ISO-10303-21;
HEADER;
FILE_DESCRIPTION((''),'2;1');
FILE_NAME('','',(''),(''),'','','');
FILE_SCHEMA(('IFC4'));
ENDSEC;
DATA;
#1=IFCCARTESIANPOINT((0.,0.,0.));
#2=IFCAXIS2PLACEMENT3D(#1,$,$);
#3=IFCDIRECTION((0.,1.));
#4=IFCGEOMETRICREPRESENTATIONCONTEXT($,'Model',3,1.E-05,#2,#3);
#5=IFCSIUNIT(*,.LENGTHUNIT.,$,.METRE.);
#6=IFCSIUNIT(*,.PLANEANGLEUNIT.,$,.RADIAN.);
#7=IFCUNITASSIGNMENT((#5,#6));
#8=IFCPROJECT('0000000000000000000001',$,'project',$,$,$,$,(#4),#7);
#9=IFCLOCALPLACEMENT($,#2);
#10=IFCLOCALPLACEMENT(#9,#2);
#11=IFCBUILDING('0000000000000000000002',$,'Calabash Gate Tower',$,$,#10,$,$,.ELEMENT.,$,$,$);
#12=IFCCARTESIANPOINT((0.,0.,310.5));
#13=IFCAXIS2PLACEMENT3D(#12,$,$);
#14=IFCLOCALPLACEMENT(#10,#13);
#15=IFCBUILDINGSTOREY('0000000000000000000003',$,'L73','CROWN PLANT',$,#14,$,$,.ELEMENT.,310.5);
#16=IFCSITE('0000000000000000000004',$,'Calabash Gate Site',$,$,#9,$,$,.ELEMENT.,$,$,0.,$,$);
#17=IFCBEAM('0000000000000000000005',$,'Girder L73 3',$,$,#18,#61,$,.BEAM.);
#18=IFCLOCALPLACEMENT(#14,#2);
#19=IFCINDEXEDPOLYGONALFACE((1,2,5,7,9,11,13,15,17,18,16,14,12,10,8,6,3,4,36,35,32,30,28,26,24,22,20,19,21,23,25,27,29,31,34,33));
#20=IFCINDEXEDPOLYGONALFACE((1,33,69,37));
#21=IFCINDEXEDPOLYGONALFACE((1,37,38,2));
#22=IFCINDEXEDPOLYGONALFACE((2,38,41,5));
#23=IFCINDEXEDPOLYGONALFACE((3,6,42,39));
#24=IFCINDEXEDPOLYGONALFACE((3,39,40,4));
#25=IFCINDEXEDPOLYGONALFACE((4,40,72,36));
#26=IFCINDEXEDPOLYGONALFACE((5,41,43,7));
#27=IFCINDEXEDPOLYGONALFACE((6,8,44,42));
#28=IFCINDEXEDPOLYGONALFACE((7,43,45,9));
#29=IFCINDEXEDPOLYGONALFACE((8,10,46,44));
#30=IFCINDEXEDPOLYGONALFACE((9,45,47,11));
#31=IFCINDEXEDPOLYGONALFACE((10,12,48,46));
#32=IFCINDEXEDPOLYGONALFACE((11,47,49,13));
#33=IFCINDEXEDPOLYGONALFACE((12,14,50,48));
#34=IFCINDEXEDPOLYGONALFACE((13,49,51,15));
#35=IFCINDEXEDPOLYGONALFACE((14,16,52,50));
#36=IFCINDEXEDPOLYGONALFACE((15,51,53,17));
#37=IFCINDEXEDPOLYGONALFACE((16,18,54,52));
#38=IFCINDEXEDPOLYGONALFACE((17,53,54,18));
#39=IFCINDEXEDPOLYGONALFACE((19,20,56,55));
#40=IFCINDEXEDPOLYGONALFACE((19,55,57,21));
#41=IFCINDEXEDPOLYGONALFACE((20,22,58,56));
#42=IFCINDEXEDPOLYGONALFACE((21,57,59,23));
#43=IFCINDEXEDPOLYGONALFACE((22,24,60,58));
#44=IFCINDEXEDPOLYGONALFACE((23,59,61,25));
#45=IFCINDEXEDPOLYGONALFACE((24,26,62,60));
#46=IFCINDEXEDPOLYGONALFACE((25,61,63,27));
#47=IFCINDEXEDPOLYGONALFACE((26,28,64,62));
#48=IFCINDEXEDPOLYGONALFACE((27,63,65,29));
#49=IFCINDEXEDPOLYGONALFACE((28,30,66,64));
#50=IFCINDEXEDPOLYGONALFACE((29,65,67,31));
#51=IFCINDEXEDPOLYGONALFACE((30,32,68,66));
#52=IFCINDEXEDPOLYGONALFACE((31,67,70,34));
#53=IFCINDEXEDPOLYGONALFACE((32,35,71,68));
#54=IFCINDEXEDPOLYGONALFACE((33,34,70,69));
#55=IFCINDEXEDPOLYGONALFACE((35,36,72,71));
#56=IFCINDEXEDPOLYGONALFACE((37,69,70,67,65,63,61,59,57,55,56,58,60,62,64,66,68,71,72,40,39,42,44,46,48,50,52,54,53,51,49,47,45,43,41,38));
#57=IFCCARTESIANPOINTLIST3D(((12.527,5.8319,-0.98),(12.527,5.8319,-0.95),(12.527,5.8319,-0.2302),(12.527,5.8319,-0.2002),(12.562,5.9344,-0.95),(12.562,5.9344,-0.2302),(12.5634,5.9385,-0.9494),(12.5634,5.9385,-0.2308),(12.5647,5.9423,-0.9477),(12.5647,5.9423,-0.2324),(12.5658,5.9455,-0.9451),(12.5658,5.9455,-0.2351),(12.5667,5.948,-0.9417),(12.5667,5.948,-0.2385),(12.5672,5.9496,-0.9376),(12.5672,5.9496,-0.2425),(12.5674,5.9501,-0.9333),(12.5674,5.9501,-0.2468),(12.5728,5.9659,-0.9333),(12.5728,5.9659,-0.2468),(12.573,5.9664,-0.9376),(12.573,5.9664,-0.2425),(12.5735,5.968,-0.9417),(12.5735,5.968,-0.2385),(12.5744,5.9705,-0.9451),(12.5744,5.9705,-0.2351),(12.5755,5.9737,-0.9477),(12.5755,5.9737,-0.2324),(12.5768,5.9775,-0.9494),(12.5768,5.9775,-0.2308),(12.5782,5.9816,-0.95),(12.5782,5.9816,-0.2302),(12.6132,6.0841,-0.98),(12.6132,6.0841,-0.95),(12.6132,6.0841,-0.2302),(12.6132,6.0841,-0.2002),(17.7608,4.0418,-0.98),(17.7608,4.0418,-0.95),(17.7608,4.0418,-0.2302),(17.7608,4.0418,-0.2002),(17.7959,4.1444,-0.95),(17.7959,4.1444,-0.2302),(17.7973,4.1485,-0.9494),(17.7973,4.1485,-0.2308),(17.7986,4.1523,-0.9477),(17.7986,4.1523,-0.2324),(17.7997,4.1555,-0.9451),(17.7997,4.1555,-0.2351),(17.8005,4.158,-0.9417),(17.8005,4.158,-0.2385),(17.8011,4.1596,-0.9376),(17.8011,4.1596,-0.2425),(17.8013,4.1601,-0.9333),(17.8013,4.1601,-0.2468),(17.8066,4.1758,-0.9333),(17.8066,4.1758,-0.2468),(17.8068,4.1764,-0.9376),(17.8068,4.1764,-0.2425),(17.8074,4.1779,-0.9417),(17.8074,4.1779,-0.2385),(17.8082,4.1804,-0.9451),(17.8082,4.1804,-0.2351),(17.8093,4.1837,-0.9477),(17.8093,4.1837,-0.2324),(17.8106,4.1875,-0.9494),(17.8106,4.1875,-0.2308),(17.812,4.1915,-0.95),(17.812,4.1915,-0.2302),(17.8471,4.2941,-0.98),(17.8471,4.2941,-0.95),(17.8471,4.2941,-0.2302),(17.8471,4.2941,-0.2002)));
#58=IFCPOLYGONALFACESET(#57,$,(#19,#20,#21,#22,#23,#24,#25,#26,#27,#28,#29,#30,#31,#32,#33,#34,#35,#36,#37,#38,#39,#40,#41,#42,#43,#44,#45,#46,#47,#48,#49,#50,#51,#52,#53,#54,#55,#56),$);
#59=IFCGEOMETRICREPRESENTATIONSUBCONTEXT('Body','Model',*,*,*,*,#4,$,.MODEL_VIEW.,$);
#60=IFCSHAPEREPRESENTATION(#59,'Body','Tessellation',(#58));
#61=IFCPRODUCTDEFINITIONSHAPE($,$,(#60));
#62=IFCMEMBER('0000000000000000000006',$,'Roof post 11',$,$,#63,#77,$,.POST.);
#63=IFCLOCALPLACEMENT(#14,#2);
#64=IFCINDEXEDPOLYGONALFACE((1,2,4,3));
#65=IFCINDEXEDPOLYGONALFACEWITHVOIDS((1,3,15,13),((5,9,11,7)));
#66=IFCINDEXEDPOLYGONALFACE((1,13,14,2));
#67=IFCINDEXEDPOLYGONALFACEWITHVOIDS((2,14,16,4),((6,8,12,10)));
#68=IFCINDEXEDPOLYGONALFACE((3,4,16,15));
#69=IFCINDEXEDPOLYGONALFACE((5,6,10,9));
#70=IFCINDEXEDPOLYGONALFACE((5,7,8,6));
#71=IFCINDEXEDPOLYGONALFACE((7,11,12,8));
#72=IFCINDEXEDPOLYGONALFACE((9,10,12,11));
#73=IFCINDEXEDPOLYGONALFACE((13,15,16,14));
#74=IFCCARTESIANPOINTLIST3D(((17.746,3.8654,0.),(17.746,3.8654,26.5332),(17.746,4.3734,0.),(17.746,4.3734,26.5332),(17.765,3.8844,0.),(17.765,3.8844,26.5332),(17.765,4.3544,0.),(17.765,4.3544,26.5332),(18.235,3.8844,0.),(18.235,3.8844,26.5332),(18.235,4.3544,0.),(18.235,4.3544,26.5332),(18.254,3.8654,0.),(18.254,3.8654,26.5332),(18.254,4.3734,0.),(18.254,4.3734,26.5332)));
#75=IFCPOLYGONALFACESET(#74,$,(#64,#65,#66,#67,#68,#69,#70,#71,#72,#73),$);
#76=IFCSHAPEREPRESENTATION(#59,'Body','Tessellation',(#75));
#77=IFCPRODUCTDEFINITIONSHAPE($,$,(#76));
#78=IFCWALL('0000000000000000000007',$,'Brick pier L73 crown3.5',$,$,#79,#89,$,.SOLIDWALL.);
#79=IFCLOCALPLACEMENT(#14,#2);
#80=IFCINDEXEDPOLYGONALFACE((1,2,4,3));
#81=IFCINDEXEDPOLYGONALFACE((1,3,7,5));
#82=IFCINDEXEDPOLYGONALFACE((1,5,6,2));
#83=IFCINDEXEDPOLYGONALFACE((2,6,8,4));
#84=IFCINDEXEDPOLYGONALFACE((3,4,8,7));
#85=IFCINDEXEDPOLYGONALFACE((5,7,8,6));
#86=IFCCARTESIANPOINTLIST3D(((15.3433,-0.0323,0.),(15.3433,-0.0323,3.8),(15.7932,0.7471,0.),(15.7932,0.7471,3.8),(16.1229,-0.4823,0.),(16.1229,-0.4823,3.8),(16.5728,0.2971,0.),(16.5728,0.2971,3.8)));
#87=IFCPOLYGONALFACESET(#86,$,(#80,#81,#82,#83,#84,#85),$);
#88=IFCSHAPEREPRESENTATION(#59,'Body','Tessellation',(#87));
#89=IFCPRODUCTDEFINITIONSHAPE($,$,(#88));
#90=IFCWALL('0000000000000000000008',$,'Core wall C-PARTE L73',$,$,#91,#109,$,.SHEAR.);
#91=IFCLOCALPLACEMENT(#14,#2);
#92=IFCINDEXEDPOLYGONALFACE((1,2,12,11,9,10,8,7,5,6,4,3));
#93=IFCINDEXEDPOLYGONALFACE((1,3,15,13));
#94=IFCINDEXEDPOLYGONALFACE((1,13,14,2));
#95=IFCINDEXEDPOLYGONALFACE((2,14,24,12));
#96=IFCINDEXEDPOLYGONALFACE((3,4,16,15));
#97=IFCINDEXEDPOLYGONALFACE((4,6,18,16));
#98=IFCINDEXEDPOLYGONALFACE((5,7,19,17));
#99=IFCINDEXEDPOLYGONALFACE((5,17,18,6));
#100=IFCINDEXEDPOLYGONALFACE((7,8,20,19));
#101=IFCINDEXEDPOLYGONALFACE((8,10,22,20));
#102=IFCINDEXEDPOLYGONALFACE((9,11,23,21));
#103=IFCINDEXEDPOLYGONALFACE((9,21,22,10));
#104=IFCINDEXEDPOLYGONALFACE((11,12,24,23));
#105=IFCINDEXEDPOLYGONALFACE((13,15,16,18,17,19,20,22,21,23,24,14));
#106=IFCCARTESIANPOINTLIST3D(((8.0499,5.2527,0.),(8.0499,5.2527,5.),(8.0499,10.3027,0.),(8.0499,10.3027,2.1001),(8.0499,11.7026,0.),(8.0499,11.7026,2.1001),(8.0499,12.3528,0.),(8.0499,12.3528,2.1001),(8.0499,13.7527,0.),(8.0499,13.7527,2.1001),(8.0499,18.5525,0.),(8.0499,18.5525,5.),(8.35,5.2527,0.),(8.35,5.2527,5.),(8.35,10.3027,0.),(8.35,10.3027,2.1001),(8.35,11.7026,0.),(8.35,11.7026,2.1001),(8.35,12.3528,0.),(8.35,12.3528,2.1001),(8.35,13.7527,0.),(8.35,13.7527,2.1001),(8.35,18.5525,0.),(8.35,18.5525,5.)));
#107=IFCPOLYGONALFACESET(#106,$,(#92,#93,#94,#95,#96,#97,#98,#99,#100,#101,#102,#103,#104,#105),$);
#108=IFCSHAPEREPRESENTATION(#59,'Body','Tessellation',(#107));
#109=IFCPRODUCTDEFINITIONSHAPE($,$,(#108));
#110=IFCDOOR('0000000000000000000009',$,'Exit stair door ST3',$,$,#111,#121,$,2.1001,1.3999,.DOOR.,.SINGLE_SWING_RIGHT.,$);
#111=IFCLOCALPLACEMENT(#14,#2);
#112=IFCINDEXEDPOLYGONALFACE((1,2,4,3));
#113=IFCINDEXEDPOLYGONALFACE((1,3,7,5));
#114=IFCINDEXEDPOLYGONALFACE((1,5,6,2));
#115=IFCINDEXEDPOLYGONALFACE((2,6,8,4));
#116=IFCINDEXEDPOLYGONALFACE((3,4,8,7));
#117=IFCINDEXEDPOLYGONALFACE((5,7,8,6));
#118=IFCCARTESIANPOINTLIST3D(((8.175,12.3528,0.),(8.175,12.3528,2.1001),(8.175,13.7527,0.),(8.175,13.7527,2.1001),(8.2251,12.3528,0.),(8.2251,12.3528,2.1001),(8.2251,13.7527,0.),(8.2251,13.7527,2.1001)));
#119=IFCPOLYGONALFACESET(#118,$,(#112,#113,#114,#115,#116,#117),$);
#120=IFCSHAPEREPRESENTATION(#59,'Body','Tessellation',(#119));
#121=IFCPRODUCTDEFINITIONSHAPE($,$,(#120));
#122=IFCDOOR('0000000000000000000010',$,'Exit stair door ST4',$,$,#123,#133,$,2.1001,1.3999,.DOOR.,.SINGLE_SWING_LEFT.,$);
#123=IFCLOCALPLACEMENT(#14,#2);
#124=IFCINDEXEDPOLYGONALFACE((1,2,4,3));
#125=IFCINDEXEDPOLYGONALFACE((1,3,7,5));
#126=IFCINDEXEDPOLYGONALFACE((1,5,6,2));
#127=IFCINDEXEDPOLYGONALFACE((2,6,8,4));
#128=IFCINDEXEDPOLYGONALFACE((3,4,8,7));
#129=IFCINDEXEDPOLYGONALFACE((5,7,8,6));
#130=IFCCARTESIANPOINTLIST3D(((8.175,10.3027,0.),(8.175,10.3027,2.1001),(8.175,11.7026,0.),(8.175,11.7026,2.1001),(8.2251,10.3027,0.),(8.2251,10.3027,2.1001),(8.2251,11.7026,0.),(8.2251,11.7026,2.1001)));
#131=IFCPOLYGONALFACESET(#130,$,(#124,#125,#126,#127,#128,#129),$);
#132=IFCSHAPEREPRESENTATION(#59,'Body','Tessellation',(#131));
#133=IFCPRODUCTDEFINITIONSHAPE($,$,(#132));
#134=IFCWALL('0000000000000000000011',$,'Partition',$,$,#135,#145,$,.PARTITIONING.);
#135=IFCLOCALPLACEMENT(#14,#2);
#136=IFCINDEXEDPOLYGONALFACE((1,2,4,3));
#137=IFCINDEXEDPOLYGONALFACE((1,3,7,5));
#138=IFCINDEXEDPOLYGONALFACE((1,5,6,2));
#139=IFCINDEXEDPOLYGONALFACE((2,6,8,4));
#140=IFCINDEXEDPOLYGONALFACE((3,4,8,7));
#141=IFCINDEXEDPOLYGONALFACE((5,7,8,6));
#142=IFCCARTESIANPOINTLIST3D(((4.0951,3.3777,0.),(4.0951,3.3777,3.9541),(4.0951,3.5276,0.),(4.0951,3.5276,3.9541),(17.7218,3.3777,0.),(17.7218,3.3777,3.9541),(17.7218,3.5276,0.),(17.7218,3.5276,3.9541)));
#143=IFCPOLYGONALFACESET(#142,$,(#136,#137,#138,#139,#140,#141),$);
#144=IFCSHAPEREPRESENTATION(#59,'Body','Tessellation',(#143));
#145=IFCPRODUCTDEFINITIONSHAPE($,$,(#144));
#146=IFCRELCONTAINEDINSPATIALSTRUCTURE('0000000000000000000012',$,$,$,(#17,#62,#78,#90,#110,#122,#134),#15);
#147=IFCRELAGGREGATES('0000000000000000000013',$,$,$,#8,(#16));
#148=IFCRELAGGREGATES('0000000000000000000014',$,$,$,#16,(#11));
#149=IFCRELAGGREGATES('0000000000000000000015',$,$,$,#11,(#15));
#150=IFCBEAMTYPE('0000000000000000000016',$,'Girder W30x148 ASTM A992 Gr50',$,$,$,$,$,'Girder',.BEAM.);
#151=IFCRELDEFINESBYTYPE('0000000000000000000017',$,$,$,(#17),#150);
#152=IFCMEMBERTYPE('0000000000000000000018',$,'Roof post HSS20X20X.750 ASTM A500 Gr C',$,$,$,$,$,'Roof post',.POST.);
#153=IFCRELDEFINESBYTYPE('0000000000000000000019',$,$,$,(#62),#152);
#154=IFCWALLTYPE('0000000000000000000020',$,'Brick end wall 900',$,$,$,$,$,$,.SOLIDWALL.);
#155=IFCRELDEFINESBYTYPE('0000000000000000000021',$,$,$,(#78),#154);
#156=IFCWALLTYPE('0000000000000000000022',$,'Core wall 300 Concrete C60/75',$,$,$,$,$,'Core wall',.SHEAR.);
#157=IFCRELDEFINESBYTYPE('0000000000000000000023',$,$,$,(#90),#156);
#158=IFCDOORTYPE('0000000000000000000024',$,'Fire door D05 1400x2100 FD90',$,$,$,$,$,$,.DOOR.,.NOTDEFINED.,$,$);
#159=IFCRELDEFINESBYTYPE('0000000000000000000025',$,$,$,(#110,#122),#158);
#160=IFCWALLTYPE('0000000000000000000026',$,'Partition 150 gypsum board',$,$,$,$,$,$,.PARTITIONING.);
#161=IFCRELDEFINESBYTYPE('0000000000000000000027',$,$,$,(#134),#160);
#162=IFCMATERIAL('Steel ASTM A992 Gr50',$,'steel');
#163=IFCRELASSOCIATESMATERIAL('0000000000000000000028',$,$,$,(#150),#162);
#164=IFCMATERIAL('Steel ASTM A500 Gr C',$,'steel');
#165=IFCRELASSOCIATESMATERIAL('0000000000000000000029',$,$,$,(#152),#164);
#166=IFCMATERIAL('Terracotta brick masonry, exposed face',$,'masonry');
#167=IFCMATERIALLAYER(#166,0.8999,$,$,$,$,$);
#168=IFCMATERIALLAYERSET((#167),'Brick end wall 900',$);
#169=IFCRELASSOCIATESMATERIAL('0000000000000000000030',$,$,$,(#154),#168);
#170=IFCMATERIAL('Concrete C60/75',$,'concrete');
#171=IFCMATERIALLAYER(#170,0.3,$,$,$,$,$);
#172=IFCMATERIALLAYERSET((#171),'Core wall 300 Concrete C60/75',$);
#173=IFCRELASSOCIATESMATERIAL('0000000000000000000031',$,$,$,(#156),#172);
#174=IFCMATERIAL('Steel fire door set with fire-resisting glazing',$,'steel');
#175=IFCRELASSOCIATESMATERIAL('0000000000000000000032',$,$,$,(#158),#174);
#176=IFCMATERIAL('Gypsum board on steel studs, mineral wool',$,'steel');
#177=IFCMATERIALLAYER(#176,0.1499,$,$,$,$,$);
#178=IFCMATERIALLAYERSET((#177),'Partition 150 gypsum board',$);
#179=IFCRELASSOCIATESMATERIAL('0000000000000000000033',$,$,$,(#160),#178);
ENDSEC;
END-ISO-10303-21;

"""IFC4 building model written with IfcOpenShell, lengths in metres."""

from ifc_helpers import new_model, si_unit, direction, frame, frame_2d, origin, origin_2d, place, context, subcontext, project, spatial, rectangle, hollow_rectangle, i_section, extrude, material, layer, layer_set, material_profile, profile_set, type_object, element, fill, save


model = new_model("IFC4")

# Units and contexts
model_context = context("Model", 3, precision=1e-05, world=origin(), true_north=direction((0.0, 1.0)))
body_context = subcontext(model_context, "Body", "Model", "MODEL_VIEW")
ifc_project = project(units=[si_unit("LENGTHUNIT", "METRE"), si_unit("PLANEANGLEUNIT", "RADIAN")], contexts=[model_context])

# Site, building, storey
site_placement = place(None, origin())
site = spatial("IfcSite", under=ifc_project, at=site_placement, Name="Calabash Gate Site", CompositionType="ELEMENT", RefElevation=0.0)
building_placement = place(site_placement, origin())
building = spatial("IfcBuilding", under=site, at=building_placement, Name="Calabash Gate Tower", CompositionType="ELEMENT")
storey_placement = place(building_placement, frame((0.0, 0.0, 310.5)))
storey = spatial("IfcBuildingStorey", under=building, at=storey_placement, Name="L73", Description="CROWN PLANT", CompositionType="ELEMENT", Elevation=310.5)

# Beam
ifc_material_1 = material(Name="Steel ASTM A992 Gr50", Category="steel")
ifc_material_profile_1 = material_profile(ifc_material_1, i_section(OverallWidth=0.2666, OverallDepth=0.7798, WebThickness=0.0166, FlangeThickness=0.03, FilletRadius=0.0166, at=origin_2d()))
ifc_profile_set_1 = profile_set([ifc_material_profile_1], Name="Steel ASTM A992 Gr50")
beam_type_1 = type_object("IfcBeamType", Name="Girder W30x148 ASTM A992 Gr50", ElementType="Girder", PredefinedType="BEAM", material=ifc_profile_set_1)
beam_1_placement = place(storey_placement, frame((17.804, 4.168, -0.5901), z_axis=(-0.946192, 0.323607, 0.0), x_axis=(-0.323607, -0.946192, 0.0)))
element("IfcBeam", 1, at=beam_1_placement, inside=storey, type_object=beam_type_1, Name="Girder L73 3", PredefinedType="BEAM", context=body_context, shape_type="SweptSolid", body=[
    extrude(i_section(OverallWidth=0.2666, OverallDepth=0.7798, WebThickness=0.0166, FlangeThickness=0.03, FilletRadius=0.0166, at=origin_2d()), origin(), (0.0, 0.0, 1.0), 5.5315),
])

# Member
ifc_material_2 = material(Name="Steel ASTM A500 Gr C", Category="steel")
ifc_material_profile_2 = material_profile(ifc_material_2, hollow_rectangle(XDim=0.5081, YDim=0.5081, WallThickness=0.019, at=origin_2d()))
ifc_profile_set_2 = profile_set([ifc_material_profile_2], Name="Steel ASTM A500 Gr C")
member_type = type_object("IfcMemberType", Name="Roof post HSS20X20X.750 ASTM A500 Gr C", ElementType="Roof post", PredefinedType="POST", material=ifc_profile_set_2)
member_placement = place(storey_placement, frame((18.0, 4.1194, 0.0), z_axis=(0.0, 0.0, 1.0), x_axis=(1.0, 0.0, 0.0)))
element("IfcMember", 2, at=member_placement, inside=storey, type_object=member_type, Name="Roof post 11", PredefinedType="POST", context=body_context, shape_type="SweptSolid", body=[
    extrude(hollow_rectangle(XDim=0.5081, YDim=0.5081, WallThickness=0.019, at=origin_2d()), origin(), (0.0, 0.0, 1.0), 26.5332),
])

# Wall
ifc_material_3 = material(Name="Terracotta brick masonry, exposed face", Category="masonry")
ifc_layer_1 = layer(ifc_material_3, 0.8999)
ifc_layer_set_1 = layer_set([ifc_layer_1], Name="Brick end wall 900")
wall_type_1 = type_object("IfcWallType", Name="Brick end wall 900", PredefinedType="SOLIDWALL", material=ifc_layer_set_1)
wall_1_placement = place(storey_placement, frame((15.5681, 0.3574, 0.0), z_axis=(0.0, 0.0, 1.0), x_axis=(0.866082, -0.499902, 0.0)))
element("IfcWall", 3, at=wall_1_placement, inside=storey, type_object=wall_type_1, Name="Brick pier L73 crown3.5", PredefinedType="SOLIDWALL", context=body_context, shape_type="SweptSolid", body=[
    extrude(rectangle(XDim=0.9001, YDim=0.8999, at=frame_2d((0.4502, 0.0))), origin(), (0.0, 0.0, 1.0), 3.8),
])

# Wall, openings, doors
ifc_material_4 = material(Name="Concrete C60/75", Category="concrete")
ifc_layer_2 = layer(ifc_material_4, 0.3)
ifc_layer_set_2 = layer_set([ifc_layer_2], Name="Core wall 300 Concrete C60/75")
wall_type_2 = type_object("IfcWallType", Name="Core wall 300 Concrete C60/75", ElementType="Core wall", PredefinedType="SHEAR", material=ifc_layer_set_2)
wall_2_placement = place(storey_placement, frame((8.2, 5.2527, 0.0), z_axis=(0.0, 0.0, 1.0), x_axis=(0.0, 1.0, 0.0)))
wall_2 = element("IfcWall", 4, at=wall_2_placement, inside=storey, type_object=wall_type_2, Name="Core wall C-PARTE L73", PredefinedType="SHEAR", context=body_context, shape_type="SweptSolid", body=[
    extrude(rectangle(XDim=13.2998, YDim=0.3, at=frame_2d((6.6499, 0.0))), origin(), (0.0, 0.0, 1.0), 5.0),
])
opening_1_placement = place(wall_2_placement, frame((7.1001, 0.0, 0.0)))
opening_1 = element("IfcOpeningElement", 5, at=opening_1_placement, cuts=wall_2, PredefinedType="OPENING", context=body_context, shape_type="SweptSolid", body=[
    extrude(rectangle(XDim=1.3999, YDim=2.1001, at=frame_2d((0.7, 1.05))), frame((0.0, 0.1599, 0.0), z_axis=(0.0, -1.0, 0.0), x_axis=(1.0, 0.0, 0.0)), (0.0, 0.0, 1.0), 0.3201),
])
opening_2_placement = place(wall_2_placement, frame((5.05, 0.0, 0.0)))
opening_2 = element("IfcOpeningElement", 6, at=opening_2_placement, cuts=wall_2, PredefinedType="OPENING", context=body_context, shape_type="SweptSolid", body=[
    extrude(rectangle(XDim=1.3999, YDim=2.1001, at=frame_2d((0.7, 1.05))), frame((0.0, 0.1599, 0.0), z_axis=(0.0, -1.0, 0.0), x_axis=(1.0, 0.0, 0.0)), (0.0, 0.0, 1.0), 0.3201),
])
ifc_material_5 = material(Name="Steel fire door set with fire-resisting glazing", Category="steel")
door_type_1 = type_object("IfcDoorType", Name="Fire door D05 1400x2100 FD90", OperationType="NOTDEFINED", PredefinedType="DOOR", material=ifc_material_5)
door_1_placement = place(opening_1_placement, origin())
door_1 = element("IfcDoor", 7, at=door_1_placement, inside=storey, type_object=door_type_1, Name="Exit stair door ST3", OperationType="SINGLE_SWING_RIGHT", OverallHeight=2.1001, OverallWidth=1.3999, PredefinedType="DOOR", context=body_context, shape_type="SweptSolid", body=[
    extrude(rectangle(XDim=1.3999, YDim=2.1001, at=frame_2d((0.7, 1.05))), frame((0.0, 0.0249, 0.0), z_axis=(0.0, -1.0, 0.0), x_axis=(1.0, 0.0, 0.0)), (0.0, 0.0, 1.0), 0.05),
])
fill(opening_1, door_1)
door_2_placement = place(opening_2_placement, origin())
door_2 = element("IfcDoor", 8, at=door_2_placement, inside=storey, type_object=door_type_1, Name="Exit stair door ST4", OperationType="SINGLE_SWING_LEFT", OverallHeight=2.1001, OverallWidth=1.3999, PredefinedType="DOOR", context=body_context, shape_type="SweptSolid", body=[
    extrude(rectangle(XDim=1.3999, YDim=2.1001, at=frame_2d((0.7, 1.05))), frame((0.0, 0.0249, 0.0), z_axis=(0.0, -1.0, 0.0), x_axis=(1.0, 0.0, 0.0)), (0.0, 0.0, 1.0), 0.05),
])
fill(opening_2, door_2)

# Wall
ifc_material_6 = material(Name="Gypsum board on steel studs, mineral wool", Category="steel")
ifc_layer_3 = layer(ifc_material_6, 0.1499)
ifc_layer_set_3 = layer_set([ifc_layer_3], Name="Partition 150 gypsum board")
wall_type_3 = type_object("IfcWallType", Name="Partition 150 gypsum board", PredefinedType="PARTITIONING", material=ifc_layer_set_3)
wall_3_placement = place(storey_placement, frame((4.095, 3.4526, 0.0), z_axis=(0.0, 0.0, 1.0), x_axis=(1.0, 0.0, 0.0)))
element("IfcWall", 9, at=wall_3_placement, inside=storey, type_object=wall_type_3, Name="Partition", PredefinedType="PARTITIONING", context=body_context, shape_type="SweptSolid", body=[
    extrude(rectangle(XDim=13.6267, YDim=0.1499, at=frame_2d((6.8135, 0.0))), origin(), (0.0, 0.0, 1.0), 3.9541),
])

save(model, "model.ifc")
